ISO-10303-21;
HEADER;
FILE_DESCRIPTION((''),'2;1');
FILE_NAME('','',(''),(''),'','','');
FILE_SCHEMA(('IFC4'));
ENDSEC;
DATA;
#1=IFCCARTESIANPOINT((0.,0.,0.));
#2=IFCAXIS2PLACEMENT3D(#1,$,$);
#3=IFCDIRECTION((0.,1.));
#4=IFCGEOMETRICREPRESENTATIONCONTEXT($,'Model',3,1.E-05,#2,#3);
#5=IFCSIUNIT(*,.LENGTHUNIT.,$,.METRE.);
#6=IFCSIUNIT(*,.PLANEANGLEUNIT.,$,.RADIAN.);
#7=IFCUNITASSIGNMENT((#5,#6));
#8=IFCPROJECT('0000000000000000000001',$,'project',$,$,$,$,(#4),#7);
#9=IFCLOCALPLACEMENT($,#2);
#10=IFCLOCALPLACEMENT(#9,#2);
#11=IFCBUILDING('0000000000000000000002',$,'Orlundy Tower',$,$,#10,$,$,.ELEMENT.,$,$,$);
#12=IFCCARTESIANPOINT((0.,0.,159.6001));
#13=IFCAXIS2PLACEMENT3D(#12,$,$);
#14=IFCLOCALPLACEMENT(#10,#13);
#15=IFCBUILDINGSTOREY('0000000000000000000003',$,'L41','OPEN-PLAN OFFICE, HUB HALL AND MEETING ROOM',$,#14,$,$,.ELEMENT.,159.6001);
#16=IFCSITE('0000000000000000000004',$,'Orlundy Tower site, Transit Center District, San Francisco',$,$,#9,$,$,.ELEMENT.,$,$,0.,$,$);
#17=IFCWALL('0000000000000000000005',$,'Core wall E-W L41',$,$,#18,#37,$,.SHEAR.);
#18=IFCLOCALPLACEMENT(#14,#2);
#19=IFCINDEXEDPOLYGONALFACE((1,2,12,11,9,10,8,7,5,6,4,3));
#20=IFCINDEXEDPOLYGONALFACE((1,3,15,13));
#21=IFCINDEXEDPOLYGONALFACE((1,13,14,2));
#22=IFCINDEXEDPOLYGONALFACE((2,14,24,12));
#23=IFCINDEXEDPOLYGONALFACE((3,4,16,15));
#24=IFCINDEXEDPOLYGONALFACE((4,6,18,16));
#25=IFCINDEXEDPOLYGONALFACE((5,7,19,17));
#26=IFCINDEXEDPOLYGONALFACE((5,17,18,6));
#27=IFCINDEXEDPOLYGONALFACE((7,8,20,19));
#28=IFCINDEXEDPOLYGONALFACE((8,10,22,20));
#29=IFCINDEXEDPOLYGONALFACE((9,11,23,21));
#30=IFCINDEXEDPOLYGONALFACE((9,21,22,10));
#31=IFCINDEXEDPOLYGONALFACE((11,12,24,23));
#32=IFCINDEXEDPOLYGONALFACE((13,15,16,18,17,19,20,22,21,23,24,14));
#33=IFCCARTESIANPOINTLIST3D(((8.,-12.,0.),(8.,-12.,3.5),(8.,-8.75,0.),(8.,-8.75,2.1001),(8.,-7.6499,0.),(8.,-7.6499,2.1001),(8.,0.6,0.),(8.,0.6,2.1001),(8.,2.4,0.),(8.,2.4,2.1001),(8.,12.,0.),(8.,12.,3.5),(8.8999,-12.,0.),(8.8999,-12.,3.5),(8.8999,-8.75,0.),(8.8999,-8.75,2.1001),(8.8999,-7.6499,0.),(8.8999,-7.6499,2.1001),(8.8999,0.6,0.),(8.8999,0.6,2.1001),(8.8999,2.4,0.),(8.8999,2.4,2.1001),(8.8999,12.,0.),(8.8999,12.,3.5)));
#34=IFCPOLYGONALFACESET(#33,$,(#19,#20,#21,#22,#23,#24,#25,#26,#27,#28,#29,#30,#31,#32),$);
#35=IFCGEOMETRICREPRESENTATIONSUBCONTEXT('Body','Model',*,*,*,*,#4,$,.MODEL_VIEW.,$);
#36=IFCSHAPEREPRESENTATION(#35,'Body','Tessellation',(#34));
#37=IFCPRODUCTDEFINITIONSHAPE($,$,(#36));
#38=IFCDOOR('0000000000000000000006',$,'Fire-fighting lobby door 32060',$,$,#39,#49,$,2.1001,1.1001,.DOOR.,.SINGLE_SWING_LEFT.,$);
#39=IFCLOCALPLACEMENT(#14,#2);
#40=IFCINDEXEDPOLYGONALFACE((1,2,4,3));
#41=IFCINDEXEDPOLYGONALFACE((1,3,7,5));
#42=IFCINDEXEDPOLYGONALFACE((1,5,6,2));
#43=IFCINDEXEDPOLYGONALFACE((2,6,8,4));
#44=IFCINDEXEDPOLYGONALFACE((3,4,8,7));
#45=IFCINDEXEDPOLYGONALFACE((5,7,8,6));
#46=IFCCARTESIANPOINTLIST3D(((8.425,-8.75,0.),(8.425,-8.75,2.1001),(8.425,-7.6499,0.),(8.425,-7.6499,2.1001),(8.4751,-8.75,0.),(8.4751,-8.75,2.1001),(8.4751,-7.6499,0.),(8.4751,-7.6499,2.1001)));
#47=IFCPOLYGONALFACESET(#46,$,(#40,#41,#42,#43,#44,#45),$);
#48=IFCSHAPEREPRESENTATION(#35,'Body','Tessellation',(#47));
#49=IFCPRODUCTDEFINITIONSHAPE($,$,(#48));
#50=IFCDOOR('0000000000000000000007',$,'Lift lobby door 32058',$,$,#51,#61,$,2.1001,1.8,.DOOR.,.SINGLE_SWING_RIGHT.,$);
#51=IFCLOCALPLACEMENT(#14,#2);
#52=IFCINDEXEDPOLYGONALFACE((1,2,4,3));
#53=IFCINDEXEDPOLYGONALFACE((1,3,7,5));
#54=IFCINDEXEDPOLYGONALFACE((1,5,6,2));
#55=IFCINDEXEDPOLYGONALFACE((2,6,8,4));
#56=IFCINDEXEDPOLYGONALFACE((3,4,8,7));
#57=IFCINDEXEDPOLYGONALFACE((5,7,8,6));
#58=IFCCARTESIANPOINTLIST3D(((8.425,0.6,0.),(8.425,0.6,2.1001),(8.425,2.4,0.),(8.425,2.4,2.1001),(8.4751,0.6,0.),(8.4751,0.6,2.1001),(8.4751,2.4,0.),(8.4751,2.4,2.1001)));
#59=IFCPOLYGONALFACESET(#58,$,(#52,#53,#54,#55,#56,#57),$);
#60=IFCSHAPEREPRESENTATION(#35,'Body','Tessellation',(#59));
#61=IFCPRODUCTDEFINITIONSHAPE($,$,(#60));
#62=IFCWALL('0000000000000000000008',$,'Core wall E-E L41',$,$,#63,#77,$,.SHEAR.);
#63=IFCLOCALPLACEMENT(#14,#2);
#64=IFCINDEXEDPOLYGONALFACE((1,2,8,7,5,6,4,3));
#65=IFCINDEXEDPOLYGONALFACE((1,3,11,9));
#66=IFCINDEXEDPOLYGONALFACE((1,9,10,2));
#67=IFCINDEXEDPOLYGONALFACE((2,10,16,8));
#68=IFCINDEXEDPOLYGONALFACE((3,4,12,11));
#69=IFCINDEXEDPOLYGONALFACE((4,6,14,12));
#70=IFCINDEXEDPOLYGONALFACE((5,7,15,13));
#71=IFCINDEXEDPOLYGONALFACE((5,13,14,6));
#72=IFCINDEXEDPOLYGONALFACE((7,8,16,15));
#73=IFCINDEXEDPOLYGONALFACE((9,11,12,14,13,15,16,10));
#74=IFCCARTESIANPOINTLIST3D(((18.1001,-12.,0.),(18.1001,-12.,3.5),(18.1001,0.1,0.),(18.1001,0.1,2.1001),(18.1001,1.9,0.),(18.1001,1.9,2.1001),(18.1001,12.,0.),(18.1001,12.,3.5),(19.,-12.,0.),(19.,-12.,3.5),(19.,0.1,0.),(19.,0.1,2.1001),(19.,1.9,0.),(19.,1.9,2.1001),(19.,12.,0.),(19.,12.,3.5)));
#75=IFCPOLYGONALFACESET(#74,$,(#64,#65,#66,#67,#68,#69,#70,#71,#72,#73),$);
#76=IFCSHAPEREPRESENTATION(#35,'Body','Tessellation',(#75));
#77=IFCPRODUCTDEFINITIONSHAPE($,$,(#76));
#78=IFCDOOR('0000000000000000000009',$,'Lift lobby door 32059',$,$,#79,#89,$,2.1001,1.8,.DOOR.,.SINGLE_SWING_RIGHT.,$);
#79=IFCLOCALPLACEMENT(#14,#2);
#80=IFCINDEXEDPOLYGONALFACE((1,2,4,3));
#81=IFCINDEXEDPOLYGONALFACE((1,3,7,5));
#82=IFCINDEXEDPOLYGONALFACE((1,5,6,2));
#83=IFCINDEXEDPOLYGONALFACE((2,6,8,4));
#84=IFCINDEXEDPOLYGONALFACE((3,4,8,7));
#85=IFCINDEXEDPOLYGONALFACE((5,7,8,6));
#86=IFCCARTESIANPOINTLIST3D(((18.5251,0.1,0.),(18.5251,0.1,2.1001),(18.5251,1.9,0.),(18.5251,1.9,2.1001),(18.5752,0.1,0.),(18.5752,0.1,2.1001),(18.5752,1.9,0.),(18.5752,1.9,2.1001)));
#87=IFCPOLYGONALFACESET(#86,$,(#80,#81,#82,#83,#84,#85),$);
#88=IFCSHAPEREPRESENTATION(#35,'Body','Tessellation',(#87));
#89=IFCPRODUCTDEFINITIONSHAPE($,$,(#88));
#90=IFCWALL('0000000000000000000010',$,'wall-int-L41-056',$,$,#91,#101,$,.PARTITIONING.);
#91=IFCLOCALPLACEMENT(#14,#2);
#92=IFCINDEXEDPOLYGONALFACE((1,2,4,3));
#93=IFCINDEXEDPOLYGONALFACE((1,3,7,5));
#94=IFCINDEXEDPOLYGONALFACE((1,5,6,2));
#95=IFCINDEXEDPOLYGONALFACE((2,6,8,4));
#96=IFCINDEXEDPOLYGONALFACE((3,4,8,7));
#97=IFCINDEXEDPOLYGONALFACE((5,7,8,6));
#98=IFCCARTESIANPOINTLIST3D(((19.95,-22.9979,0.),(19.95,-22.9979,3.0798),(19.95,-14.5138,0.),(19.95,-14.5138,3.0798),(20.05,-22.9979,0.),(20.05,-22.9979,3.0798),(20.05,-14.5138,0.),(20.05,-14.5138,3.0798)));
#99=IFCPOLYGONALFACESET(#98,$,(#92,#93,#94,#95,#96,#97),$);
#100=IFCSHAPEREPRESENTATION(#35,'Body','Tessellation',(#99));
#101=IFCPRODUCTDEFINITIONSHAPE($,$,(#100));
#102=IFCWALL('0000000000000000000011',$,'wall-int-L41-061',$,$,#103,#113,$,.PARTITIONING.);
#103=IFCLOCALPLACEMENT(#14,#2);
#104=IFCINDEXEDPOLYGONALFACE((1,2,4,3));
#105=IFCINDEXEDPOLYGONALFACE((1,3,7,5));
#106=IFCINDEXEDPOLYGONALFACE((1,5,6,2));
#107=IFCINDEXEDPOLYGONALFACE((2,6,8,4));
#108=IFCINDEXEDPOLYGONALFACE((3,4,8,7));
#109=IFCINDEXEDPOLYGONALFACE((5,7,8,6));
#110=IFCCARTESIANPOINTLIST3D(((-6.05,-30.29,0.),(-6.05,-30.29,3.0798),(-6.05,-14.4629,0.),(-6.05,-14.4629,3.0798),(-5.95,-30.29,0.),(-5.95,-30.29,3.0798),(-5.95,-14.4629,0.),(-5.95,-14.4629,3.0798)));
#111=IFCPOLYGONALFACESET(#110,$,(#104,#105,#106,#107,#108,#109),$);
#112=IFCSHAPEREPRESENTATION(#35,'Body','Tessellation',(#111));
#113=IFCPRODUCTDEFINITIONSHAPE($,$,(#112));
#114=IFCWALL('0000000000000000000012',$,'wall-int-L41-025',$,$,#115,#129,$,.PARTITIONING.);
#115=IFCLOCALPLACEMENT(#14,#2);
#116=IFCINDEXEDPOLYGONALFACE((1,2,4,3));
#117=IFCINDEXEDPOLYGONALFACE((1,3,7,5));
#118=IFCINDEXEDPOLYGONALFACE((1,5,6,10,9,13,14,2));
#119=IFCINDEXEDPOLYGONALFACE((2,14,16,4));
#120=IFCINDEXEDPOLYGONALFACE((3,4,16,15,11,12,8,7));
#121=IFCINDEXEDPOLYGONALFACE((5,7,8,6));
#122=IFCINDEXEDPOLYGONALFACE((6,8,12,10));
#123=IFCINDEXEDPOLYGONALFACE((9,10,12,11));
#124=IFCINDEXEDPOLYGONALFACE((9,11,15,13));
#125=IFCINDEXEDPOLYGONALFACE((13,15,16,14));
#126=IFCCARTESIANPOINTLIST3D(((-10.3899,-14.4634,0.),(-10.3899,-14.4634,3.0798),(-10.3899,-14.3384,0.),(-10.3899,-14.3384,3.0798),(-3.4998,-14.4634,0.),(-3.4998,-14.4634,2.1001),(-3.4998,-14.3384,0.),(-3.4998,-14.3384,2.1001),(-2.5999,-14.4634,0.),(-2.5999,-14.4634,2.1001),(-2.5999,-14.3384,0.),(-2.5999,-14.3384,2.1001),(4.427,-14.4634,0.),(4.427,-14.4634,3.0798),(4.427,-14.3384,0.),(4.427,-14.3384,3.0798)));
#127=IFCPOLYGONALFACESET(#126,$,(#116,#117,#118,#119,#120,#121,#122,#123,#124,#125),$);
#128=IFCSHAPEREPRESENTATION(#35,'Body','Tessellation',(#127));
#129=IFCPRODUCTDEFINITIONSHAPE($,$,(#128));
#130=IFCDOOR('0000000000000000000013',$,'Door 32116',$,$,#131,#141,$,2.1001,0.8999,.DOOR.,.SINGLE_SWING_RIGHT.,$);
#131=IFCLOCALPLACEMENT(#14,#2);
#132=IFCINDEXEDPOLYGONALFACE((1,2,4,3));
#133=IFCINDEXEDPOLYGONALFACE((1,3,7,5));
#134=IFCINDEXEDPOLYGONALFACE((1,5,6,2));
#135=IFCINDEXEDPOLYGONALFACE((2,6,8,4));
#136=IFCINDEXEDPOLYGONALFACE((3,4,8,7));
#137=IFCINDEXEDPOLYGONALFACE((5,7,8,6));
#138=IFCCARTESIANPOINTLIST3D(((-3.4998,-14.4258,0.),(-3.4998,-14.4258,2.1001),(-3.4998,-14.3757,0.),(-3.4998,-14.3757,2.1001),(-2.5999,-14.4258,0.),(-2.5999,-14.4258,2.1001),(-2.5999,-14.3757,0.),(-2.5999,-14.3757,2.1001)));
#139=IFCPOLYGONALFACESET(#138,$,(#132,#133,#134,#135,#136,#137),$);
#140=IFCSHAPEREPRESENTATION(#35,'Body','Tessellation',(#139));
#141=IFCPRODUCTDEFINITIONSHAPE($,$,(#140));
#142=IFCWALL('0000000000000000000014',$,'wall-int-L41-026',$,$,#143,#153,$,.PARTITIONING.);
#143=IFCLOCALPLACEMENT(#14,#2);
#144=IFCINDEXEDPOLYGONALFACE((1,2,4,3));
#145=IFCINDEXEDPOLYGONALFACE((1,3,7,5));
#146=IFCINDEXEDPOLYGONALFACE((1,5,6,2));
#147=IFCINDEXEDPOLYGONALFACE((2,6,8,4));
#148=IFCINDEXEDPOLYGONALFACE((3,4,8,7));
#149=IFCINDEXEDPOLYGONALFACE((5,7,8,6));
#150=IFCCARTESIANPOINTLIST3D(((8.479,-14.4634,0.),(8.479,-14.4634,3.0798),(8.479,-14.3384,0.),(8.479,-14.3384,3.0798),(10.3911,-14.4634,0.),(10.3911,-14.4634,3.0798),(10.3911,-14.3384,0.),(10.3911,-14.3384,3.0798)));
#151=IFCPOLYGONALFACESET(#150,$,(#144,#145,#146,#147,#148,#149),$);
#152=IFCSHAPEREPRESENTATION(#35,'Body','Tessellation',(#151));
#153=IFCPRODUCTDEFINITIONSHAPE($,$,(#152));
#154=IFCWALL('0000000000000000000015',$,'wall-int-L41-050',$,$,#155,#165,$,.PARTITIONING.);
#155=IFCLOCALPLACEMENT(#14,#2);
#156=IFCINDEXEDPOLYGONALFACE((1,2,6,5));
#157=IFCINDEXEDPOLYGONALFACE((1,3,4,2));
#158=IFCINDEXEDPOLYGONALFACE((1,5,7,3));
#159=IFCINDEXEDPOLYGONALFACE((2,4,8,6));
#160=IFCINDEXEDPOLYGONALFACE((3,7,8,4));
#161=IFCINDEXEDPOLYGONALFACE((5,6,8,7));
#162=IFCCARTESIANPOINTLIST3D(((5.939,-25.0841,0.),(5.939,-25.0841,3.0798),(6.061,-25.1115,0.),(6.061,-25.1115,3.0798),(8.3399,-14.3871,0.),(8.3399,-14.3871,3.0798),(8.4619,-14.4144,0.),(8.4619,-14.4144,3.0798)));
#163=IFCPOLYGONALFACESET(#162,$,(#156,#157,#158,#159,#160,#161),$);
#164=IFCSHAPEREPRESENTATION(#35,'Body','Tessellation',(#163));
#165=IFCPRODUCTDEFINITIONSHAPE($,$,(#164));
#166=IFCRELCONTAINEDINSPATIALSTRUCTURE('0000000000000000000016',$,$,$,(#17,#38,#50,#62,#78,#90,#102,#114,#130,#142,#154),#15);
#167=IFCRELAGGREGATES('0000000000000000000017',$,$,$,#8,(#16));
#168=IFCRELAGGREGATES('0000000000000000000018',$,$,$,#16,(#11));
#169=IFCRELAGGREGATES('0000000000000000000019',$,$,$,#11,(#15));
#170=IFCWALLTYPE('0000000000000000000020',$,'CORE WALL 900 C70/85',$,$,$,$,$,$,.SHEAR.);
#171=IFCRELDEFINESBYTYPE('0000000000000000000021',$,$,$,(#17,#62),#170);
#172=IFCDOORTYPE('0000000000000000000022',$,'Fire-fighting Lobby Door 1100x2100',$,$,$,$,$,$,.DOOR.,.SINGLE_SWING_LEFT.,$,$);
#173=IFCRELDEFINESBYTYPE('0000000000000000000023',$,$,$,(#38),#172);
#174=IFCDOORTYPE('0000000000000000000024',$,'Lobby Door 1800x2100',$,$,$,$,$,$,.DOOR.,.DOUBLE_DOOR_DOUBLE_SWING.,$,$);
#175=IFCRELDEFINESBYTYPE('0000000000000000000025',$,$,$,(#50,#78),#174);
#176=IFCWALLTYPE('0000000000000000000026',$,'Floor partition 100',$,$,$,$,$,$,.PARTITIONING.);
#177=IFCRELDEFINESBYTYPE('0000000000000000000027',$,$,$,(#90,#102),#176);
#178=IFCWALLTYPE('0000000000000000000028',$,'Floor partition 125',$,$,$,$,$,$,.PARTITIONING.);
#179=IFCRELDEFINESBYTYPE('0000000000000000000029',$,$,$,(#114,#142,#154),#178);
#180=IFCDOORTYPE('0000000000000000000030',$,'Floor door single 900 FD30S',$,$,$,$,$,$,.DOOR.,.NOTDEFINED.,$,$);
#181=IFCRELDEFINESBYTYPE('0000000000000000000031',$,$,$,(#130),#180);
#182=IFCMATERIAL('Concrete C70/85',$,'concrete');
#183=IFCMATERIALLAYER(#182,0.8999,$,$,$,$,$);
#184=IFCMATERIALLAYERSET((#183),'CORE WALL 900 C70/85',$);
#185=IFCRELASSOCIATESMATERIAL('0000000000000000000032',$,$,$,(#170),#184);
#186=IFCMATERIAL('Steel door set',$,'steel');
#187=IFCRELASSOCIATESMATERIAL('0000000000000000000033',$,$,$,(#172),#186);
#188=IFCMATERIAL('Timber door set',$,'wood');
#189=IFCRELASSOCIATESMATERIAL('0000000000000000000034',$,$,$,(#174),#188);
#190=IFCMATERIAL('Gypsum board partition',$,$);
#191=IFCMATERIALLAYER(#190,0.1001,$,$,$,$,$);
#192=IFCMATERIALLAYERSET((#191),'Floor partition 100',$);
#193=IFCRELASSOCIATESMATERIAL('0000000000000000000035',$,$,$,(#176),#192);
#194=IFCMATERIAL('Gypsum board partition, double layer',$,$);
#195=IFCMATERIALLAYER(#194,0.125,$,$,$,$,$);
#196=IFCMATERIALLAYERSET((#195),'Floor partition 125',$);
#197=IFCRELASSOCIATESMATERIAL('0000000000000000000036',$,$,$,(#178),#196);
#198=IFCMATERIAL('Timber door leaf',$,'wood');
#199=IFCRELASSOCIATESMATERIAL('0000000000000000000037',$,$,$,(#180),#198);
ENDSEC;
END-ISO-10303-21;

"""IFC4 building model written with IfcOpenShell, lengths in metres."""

from ifc_helpers import new_model, si_unit, direction, frame, frame_2d, origin, place, context, subcontext, project, spatial, rectangle, extrude, material, layer, layer_set, type_object, element, fill, save


model = new_model("IFC4")

# Units and contexts
model_context = context("Model", 3, precision=1e-05, world=origin(), true_north=direction((0.0, 1.0)))
body_context = subcontext(model_context, "Body", "Model", "MODEL_VIEW")
ifc_project = project(units=[si_unit("LENGTHUNIT", "METRE"), si_unit("PLANEANGLEUNIT", "RADIAN")], contexts=[model_context])

# Site, building, storey
site_placement = place(None, origin())
site = spatial("IfcSite", under=ifc_project, at=site_placement, Name="Orlundy Tower site, Transit Center District, San Francisco", CompositionType="ELEMENT", RefElevation=0.0)
building_placement = place(site_placement, origin())
building = spatial("IfcBuilding", under=site, at=building_placement, Name="Orlundy Tower", CompositionType="ELEMENT")
storey_placement = place(building_placement, frame((0.0, 0.0, 159.6001)))
storey = spatial("IfcBuildingStorey", under=building, at=storey_placement, Name="L41", Description="OPEN-PLAN OFFICE, HUB HALL AND MEETING ROOM", CompositionType="ELEMENT", Elevation=159.6001)

# Wall, openings, doors
ifc_material_1 = material(Name="Concrete C70/85", Category="concrete")
ifc_layer_1 = layer(ifc_material_1, 0.8999)
ifc_layer_set_1 = layer_set([ifc_layer_1], Name="CORE WALL 900 C70/85")
wall_type_1 = type_object("IfcWallType", Name="CORE WALL 900 C70/85", PredefinedType="SHEAR", material=ifc_layer_set_1)
wall_1_placement = place(storey_placement, frame((8.45, -12.0, 0.0), z_axis=(0.0, 0.0, 1.0), x_axis=(0.0, 1.0, 0.0)))
wall_1 = element("IfcWall", 1, at=wall_1_placement, inside=storey, type_object=wall_type_1, Name="Core wall E-W L41", PredefinedType="SHEAR", context=body_context, shape_type="SweptSolid", body=[
    extrude(rectangle(XDim=24.0, YDim=0.8999, at=frame_2d((12.0, 0.0))), origin(), (0.0, 0.0, 1.0), 3.5),
])
opening_1_placement = place(wall_1_placement, frame((12.6001, 0.0, 0.0)))
opening_1 = element("IfcOpeningElement", 2, at=opening_1_placement, cuts=wall_1, PredefinedType="OPENING", context=body_context, shape_type="SweptSolid", body=[
    extrude(rectangle(XDim=1.8, YDim=2.1001, at=frame_2d((0.8999, 1.05))), frame((0.0, 0.46, 0.0), z_axis=(0.0, -1.0, 0.0), x_axis=(1.0, 0.0, 0.0)), (0.0, 0.0, 1.0), 0.9199),
])
opening_2_placement = place(wall_1_placement, frame((3.25, 0.0, 0.0)))
opening_2 = element("IfcOpeningElement", 3, at=opening_2_placement, cuts=wall_1, PredefinedType="OPENING", context=body_context, shape_type="SweptSolid", body=[
    extrude(rectangle(XDim=1.1001, YDim=2.1001, at=frame_2d((0.55, 1.05))), frame((0.0, 0.46, 0.0), z_axis=(0.0, -1.0, 0.0), x_axis=(1.0, 0.0, 0.0)), (0.0, 0.0, 1.0), 0.9199),
])
ifc_material_2 = material(Name="Steel door set", Category="steel")
door_type_1 = type_object("IfcDoorType", Name="Fire-fighting Lobby Door 1100x2100", OperationType="SINGLE_SWING_LEFT", PredefinedType="DOOR", material=ifc_material_2)
door_1_placement = place(opening_2_placement, origin())
door_1 = element("IfcDoor", 4, at=door_1_placement, inside=storey, type_object=door_type_1, Name="Fire-fighting lobby door 32060", OperationType="SINGLE_SWING_LEFT", OverallHeight=2.1001, OverallWidth=1.1001, PredefinedType="DOOR", context=body_context, shape_type="SweptSolid", body=[
    extrude(rectangle(XDim=1.1001, YDim=2.1001, at=frame_2d((0.55, 1.05))), frame((0.0, 0.0249, 0.0), z_axis=(0.0, -1.0, 0.0), x_axis=(1.0, 0.0, 0.0)), (0.0, 0.0, 1.0), 0.05),
])
fill(opening_2, door_1)
ifc_material_3 = material(Name="Timber door set", Category="wood")
door_type_2 = type_object("IfcDoorType", Name="Lobby Door 1800x2100", OperationType="DOUBLE_DOOR_DOUBLE_SWING", PredefinedType="DOOR", material=ifc_material_3)
door_2_placement = place(opening_1_placement, origin())
door_2 = element("IfcDoor", 5, at=door_2_placement, inside=storey, type_object=door_type_2, Name="Lift lobby door 32058", OperationType="SINGLE_SWING_RIGHT", OverallHeight=2.1001, OverallWidth=1.8, PredefinedType="DOOR", context=body_context, shape_type="SweptSolid", body=[
    extrude(rectangle(XDim=1.8, YDim=2.1001, at=frame_2d((0.8999, 1.05))), frame((0.0, 0.0249, 0.0), z_axis=(0.0, -1.0, 0.0), x_axis=(1.0, 0.0, 0.0)), (0.0, 0.0, 1.0), 0.05),
])
fill(opening_1, door_2)

# Wall, opening, door
wall_2_placement = place(storey_placement, frame((18.55, -12.0, 0.0), z_axis=(0.0, 0.0, 1.0), x_axis=(0.0, 1.0, 0.0)))
wall_2 = element("IfcWall", 6, at=wall_2_placement, inside=storey, type_object=wall_type_1, Name="Core wall E-E L41", PredefinedType="SHEAR", context=body_context, shape_type="SweptSolid", body=[
    extrude(rectangle(XDim=24.0, YDim=0.8999, at=frame_2d((12.0, 0.0))), origin(), (0.0, 0.0, 1.0), 3.5),
])
opening_3_placement = place(wall_2_placement, frame((12.1001, 0.0, 0.0)))
opening_3 = element("IfcOpeningElement", 7, at=opening_3_placement, cuts=wall_2, PredefinedType="OPENING", context=body_context, shape_type="SweptSolid", body=[
    extrude(rectangle(XDim=1.8, YDim=2.1001, at=frame_2d((0.8999, 1.05))), frame((0.0, 0.46, 0.0), z_axis=(0.0, -1.0, 0.0), x_axis=(1.0, 0.0, 0.0)), (0.0, 0.0, 1.0), 0.9199),
])
door_3_placement = place(opening_3_placement, origin())
door_3 = element("IfcDoor", 8, at=door_3_placement, inside=storey, type_object=door_type_2, Name="Lift lobby door 32059", OperationType="SINGLE_SWING_RIGHT", OverallHeight=2.1001, OverallWidth=1.8, PredefinedType="DOOR", context=body_context, shape_type="SweptSolid", body=[
    extrude(rectangle(XDim=1.8, YDim=2.1001, at=frame_2d((0.8999, 1.05))), frame((0.0, 0.0249, 0.0), z_axis=(0.0, -1.0, 0.0), x_axis=(1.0, 0.0, 0.0)), (0.0, 0.0, 1.0), 0.05),
])
fill(opening_3, door_3)

# Walls
ifc_material_4 = material(Name="Gypsum board partition")
ifc_layer_2 = layer(ifc_material_4, 0.1001)
ifc_layer_set_2 = layer_set([ifc_layer_2], Name="Floor partition 100")
wall_type_2 = type_object("IfcWallType", Name="Floor partition 100", PredefinedType="PARTITIONING", material=ifc_layer_set_2)
wall_3_placement = place(storey_placement, frame((20.0, -22.998, 0.0), z_axis=(0.0, 0.0, 1.0), x_axis=(0.0, 1.0, 0.0)))
element("IfcWall", 9, at=wall_3_placement, inside=storey, type_object=wall_type_2, Name="wall-int-L41-056", PredefinedType="PARTITIONING", context=body_context, shape_type="SweptSolid", body=[
    extrude(rectangle(XDim=8.4841, YDim=0.1001, at=frame_2d((4.2422, 0.0))), origin(), (0.0, 0.0, 1.0), 3.0798),
])
wall_4_placement = place(storey_placement, frame((-6.0, -30.29, 0.0), z_axis=(0.0, 0.0, 1.0), x_axis=(0.0, 1.0, 0.0)))
element("IfcWall", 10, at=wall_4_placement, inside=storey, type_object=wall_type_2, Name="wall-int-L41-061", PredefinedType="PARTITIONING", context=body_context, shape_type="SweptSolid", body=[
    extrude(rectangle(XDim=15.8271, YDim=0.1001, at=frame_2d((7.9136, 0.0))), origin(), (0.0, 0.0, 1.0), 3.0798),
])

# Wall, opening, door
ifc_material_5 = material(Name="Gypsum board partition, double layer")
ifc_layer_3 = layer(ifc_material_5, 0.125)
ifc_layer_set_3 = layer_set([ifc_layer_3], Name="Floor partition 125")
wall_type_3 = type_object("IfcWallType", Name="Floor partition 125", PredefinedType="PARTITIONING", material=ifc_layer_set_3)
wall_5_placement = place(storey_placement, frame((4.427, -14.4009, 0.0), z_axis=(0.0, 0.0, 1.0), x_axis=(-1.0, 0.0, 0.0)))
wall_5 = element("IfcWall", 11, at=wall_5_placement, inside=storey, type_object=wall_type_3, Name="wall-int-L41-025", PredefinedType="PARTITIONING", context=body_context, shape_type="SweptSolid", body=[
    extrude(rectangle(XDim=14.8169, YDim=0.125, at=frame_2d((7.4084, 0.0))), origin(), (0.0, 0.0, 1.0), 3.0798),
])
opening_4_placement = place(wall_5_placement, frame((7.0269, 0.0, 0.0)))
opening_4 = element("IfcOpeningElement", 12, at=opening_4_placement, cuts=wall_5, PredefinedType="OPENING", context=body_context, shape_type="SweptSolid", body=[
    extrude(rectangle(XDim=0.8999, YDim=2.1001, at=frame_2d((0.45, 1.05))), frame((0.0, 0.0725, 0.0), z_axis=(0.0, -1.0, 0.0), x_axis=(1.0, 0.0, 0.0)), (0.0, 0.0, 1.0), 0.145),
])
ifc_material_6 = material(Name="Timber door leaf", Category="wood")
door_type_3 = type_object("IfcDoorType", Name="Floor door single 900 FD30S", OperationType="NOTDEFINED", PredefinedType="DOOR", material=ifc_material_6)
door_4_placement = place(opening_4_placement, origin())
door_4 = element("IfcDoor", 13, at=door_4_placement, inside=storey, type_object=door_type_3, Name="Door 32116", OperationType="SINGLE_SWING_RIGHT", OverallHeight=2.1001, OverallWidth=0.8999, PredefinedType="DOOR", context=body_context, shape_type="SweptSolid", body=[
    extrude(rectangle(XDim=0.8999, YDim=2.1001, at=frame_2d((0.45, 1.05))), frame((0.0, 0.0249, 0.0), z_axis=(0.0, -1.0, 0.0), x_axis=(1.0, 0.0, 0.0)), (0.0, 0.0, 1.0), 0.05),
])
fill(opening_4, door_4)

# Walls
wall_6_placement = place(storey_placement, frame((8.479, -14.4009, 0.0), z_axis=(0.0, 0.0, 1.0), x_axis=(1.0, 0.0, 0.0)))
element("IfcWall", 14, at=wall_6_placement, inside=storey, type_object=wall_type_3, Name="wall-int-L41-026", PredefinedType="PARTITIONING", context=body_context, shape_type="SweptSolid", body=[
    extrude(rectangle(XDim=1.9121, YDim=0.125, at=frame_2d((0.9561, 0.0))), origin(), (0.0, 0.0, 1.0), 3.0798),
])
wall_7_placement = place(storey_placement, frame((8.4009, -14.4009, 0.0), z_axis=(0.0, 0.0, 1.0), x_axis=(-0.218996, -0.975726, 0.0)))
element("IfcWall", 15, at=wall_7_placement, inside=storey, type_object=wall_type_3, Name="wall-int-L41-050", PredefinedType="PARTITIONING", context=body_context, shape_type="SweptSolid", body=[
    extrude(rectangle(XDim=10.9631, YDim=0.125, at=frame_2d((5.4814, 0.0))), origin(), (0.0, 0.0, 1.0), 3.0798),
])

save(model, "model.ifc")
